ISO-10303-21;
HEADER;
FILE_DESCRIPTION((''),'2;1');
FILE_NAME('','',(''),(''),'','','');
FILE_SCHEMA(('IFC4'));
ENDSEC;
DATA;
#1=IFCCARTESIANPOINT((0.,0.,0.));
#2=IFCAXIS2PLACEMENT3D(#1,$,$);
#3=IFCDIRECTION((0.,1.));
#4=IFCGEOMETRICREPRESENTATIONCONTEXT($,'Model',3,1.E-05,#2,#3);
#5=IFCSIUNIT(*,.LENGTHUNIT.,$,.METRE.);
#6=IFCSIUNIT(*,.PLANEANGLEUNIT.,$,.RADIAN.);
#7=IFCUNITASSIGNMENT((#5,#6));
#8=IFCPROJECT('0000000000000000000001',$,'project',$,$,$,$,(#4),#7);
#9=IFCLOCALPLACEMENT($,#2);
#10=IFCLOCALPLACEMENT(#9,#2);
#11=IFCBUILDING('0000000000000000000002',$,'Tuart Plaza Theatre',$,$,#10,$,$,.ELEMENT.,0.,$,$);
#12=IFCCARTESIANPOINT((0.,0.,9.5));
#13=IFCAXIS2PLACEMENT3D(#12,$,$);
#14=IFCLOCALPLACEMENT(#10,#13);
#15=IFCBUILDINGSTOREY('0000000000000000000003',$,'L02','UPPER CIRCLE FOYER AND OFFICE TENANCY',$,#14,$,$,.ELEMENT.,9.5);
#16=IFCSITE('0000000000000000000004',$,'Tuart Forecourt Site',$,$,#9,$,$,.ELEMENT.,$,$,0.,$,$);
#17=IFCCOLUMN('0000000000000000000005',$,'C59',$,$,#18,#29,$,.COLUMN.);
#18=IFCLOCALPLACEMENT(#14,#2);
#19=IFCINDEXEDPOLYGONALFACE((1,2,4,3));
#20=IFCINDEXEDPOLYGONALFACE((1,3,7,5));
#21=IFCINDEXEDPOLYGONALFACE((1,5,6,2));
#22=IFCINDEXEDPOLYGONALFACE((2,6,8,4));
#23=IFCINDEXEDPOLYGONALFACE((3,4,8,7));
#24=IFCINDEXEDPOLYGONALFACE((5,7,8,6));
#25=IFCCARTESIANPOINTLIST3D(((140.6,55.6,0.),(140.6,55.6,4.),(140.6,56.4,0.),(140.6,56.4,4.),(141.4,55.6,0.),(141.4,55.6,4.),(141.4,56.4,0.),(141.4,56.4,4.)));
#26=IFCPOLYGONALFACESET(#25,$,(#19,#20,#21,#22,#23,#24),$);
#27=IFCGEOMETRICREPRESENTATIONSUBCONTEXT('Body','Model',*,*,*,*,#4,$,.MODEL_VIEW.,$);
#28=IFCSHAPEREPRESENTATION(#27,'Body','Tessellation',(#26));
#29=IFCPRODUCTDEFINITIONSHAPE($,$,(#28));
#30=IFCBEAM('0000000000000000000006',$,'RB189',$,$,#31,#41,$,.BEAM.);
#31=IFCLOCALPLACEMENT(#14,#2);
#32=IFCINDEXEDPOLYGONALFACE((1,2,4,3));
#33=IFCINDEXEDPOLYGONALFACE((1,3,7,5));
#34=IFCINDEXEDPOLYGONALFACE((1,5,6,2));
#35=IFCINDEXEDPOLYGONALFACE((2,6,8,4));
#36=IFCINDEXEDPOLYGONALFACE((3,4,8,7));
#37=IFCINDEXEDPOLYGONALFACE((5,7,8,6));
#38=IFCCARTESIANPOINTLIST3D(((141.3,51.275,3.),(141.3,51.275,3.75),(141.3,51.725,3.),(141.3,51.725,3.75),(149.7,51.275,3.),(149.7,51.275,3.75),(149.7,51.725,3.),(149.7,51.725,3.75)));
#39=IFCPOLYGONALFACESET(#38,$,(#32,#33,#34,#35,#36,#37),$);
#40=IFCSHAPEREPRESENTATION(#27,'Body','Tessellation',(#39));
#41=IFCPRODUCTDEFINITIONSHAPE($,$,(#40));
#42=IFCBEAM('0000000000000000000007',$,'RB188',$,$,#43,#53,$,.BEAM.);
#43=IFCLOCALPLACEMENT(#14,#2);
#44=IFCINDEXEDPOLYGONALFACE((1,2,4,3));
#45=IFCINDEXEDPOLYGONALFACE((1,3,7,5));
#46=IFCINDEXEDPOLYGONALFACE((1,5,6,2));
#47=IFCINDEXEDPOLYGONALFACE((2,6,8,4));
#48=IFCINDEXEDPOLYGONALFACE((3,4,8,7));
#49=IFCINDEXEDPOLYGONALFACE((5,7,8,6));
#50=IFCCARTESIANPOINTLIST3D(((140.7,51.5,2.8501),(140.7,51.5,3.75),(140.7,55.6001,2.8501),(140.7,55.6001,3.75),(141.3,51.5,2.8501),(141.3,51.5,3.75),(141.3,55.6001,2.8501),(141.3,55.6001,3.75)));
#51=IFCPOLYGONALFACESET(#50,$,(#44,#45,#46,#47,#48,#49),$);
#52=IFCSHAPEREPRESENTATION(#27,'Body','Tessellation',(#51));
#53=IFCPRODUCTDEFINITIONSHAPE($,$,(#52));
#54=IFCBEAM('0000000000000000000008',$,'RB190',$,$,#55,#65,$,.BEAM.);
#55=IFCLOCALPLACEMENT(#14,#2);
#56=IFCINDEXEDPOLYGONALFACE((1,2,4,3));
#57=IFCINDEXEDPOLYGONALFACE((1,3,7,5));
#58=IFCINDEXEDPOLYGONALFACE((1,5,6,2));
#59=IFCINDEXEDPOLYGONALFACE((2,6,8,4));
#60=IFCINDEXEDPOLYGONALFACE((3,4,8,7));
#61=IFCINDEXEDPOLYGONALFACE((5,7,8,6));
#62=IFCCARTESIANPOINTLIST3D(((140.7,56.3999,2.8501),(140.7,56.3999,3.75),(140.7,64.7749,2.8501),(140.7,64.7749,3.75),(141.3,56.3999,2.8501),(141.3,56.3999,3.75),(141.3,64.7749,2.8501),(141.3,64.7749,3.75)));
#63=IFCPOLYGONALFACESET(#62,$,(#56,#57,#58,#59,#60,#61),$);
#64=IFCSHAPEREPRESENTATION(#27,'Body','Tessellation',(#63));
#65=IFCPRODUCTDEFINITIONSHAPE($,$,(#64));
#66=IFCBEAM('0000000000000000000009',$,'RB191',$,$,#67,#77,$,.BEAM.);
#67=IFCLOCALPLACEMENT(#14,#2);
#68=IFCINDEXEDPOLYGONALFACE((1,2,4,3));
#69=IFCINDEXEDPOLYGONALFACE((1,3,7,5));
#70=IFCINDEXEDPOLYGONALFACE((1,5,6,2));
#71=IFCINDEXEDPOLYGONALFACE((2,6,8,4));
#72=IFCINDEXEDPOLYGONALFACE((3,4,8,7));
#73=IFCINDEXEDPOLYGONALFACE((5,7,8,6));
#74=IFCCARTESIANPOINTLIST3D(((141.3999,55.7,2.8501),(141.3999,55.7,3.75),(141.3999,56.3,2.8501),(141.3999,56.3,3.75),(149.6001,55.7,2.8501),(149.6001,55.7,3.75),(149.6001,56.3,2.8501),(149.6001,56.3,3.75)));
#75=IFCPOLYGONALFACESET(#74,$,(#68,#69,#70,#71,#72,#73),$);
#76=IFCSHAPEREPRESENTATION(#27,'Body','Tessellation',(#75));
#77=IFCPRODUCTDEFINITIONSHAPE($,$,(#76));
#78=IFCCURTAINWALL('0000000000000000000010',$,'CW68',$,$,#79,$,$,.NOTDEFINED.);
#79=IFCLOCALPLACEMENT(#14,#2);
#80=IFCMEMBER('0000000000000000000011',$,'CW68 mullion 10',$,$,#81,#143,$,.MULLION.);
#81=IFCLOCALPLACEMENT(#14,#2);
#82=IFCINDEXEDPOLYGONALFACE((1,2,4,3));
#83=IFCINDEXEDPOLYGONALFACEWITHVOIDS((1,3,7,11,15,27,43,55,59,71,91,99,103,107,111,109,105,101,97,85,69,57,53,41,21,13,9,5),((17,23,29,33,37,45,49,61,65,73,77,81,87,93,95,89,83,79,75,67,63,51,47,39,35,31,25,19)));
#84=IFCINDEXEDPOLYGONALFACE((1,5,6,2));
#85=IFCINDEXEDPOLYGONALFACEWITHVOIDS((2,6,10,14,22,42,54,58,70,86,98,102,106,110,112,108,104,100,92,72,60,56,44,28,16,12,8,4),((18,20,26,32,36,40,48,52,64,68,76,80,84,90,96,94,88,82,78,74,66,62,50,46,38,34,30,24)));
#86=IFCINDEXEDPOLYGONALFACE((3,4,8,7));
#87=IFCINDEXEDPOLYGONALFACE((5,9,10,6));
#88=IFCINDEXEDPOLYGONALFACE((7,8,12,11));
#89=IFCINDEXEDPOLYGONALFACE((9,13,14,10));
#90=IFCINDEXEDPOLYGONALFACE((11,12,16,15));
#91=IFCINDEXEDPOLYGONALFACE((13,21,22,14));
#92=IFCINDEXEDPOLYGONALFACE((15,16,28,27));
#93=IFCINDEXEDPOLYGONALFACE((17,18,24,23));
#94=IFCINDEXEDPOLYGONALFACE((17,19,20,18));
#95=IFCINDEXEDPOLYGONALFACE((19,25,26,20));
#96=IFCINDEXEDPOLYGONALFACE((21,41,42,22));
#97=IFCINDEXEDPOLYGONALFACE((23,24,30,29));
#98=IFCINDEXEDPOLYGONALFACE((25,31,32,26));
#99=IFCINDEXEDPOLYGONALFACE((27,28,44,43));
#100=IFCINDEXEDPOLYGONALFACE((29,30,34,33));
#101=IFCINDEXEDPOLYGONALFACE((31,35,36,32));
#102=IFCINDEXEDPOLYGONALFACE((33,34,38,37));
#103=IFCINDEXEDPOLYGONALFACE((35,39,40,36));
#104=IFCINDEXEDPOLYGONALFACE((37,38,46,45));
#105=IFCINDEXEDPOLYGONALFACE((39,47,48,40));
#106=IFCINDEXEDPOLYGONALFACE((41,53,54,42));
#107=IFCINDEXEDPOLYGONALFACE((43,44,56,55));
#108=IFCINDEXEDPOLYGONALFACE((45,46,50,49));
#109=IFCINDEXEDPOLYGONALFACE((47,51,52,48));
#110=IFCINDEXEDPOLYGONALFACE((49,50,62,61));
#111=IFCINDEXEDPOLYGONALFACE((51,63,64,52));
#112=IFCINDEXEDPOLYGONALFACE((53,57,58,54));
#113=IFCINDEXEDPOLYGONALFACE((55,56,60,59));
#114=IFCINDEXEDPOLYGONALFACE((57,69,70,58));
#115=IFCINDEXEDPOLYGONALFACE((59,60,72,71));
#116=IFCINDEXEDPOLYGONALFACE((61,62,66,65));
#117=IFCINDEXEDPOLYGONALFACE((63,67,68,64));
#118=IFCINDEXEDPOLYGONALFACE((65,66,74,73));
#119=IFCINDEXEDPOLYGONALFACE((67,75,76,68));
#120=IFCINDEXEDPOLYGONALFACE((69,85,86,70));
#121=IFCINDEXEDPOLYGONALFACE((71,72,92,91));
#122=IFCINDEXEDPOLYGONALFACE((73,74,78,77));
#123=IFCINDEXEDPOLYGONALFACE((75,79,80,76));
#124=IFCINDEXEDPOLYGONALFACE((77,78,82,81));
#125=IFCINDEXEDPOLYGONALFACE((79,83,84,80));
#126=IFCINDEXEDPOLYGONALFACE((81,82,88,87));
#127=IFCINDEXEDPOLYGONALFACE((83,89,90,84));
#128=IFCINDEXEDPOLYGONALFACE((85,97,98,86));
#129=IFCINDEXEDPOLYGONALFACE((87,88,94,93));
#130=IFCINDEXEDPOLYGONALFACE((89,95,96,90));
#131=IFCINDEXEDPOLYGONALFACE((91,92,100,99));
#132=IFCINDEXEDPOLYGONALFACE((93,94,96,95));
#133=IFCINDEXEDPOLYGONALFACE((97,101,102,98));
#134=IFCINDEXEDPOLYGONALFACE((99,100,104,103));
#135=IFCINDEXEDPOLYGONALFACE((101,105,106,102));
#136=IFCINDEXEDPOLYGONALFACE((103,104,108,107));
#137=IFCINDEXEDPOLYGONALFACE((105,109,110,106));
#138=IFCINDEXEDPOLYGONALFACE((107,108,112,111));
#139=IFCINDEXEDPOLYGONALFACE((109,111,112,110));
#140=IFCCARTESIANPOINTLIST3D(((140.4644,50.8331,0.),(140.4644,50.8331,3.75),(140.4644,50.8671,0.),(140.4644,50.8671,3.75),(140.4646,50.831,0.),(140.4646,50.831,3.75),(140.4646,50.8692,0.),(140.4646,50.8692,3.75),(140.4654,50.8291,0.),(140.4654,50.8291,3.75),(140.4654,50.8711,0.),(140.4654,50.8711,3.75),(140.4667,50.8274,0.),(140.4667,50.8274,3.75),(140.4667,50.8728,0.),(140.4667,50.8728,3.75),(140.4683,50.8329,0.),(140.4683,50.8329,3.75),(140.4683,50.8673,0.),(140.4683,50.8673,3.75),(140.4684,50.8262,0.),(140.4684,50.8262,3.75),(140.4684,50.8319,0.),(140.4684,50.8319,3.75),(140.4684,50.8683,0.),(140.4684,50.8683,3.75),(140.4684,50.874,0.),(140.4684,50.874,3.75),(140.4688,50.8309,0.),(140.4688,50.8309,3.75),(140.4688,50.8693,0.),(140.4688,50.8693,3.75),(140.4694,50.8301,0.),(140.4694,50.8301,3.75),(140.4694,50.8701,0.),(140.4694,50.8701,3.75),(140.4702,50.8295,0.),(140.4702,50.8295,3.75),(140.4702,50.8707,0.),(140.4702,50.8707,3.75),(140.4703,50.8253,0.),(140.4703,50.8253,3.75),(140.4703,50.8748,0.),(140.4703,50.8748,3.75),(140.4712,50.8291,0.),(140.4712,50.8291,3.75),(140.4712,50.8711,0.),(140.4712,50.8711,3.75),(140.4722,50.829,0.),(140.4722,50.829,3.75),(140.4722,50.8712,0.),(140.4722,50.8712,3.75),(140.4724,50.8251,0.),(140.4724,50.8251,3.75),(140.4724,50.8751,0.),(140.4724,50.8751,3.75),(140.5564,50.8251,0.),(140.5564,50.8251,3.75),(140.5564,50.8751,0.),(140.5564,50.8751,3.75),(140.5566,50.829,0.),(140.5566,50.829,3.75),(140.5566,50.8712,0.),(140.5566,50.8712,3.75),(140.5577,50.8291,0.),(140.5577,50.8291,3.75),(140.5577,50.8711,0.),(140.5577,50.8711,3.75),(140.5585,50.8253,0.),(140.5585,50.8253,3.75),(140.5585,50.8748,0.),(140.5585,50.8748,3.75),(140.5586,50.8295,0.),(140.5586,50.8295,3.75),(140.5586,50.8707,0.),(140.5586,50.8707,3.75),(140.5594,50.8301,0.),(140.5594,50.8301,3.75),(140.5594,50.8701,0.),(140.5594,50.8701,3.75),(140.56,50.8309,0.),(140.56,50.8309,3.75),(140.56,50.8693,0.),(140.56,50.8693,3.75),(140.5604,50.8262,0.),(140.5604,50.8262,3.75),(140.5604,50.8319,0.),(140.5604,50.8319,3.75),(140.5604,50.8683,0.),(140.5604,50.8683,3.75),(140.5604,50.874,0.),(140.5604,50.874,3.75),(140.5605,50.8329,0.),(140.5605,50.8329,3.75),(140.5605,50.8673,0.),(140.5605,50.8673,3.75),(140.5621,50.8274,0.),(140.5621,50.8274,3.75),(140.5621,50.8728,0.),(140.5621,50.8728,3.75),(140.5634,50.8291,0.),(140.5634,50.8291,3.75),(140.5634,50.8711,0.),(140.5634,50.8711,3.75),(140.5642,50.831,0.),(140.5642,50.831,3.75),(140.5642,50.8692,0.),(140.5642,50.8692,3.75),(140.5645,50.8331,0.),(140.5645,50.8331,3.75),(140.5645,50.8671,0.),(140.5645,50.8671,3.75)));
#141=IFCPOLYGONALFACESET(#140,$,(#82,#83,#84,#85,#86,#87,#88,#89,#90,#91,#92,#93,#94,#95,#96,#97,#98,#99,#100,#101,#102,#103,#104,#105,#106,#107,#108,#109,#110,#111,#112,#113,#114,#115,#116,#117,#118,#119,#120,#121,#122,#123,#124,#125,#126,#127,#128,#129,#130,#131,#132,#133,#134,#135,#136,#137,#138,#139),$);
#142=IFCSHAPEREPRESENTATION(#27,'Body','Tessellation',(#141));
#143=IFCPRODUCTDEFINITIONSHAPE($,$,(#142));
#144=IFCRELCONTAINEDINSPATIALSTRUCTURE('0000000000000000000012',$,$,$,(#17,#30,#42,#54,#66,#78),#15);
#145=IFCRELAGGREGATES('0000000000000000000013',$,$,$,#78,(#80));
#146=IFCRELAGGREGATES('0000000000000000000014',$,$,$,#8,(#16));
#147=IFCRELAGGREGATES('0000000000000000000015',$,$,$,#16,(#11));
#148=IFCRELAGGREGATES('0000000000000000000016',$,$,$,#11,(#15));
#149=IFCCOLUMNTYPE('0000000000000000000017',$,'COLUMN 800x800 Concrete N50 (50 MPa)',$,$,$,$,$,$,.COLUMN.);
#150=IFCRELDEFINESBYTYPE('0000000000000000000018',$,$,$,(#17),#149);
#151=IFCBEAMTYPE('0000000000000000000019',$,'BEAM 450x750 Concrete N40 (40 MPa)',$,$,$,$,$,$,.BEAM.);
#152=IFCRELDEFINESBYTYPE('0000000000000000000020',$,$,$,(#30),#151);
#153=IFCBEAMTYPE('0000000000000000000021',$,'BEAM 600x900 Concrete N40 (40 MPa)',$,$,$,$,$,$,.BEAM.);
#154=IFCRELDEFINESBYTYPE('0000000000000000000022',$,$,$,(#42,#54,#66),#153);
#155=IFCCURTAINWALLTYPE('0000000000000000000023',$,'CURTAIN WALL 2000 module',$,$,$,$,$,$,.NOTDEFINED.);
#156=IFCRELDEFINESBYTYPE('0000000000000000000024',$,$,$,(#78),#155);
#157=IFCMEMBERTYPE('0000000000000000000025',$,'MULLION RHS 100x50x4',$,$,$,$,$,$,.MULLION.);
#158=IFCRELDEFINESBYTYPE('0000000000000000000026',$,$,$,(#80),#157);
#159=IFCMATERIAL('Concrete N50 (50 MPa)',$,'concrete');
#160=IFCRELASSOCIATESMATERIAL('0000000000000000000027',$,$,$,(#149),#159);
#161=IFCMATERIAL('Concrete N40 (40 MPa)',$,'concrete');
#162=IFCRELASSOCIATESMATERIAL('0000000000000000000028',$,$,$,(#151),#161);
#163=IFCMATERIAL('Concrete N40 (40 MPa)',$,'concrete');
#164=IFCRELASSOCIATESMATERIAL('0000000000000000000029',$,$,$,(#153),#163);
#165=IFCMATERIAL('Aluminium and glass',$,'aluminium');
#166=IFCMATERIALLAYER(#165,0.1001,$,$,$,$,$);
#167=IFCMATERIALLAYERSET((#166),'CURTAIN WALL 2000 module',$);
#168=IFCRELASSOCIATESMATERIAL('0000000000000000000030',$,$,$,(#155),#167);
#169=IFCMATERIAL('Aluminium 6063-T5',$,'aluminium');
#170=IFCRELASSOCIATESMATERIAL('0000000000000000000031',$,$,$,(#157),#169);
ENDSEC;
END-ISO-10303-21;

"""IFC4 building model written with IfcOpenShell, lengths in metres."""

from ifc_helpers import new_model, si_unit, direction, frame, origin, origin_2d, place, context, subcontext, project, spatial, rectangle, hollow_rectangle, extrude, material, layer, layer_set, material_profile, profile_set, type_object, element, aggregate, save


model = new_model("IFC4")

# Units and contexts
model_context = context("Model", 3, precision=1e-05, world=origin(), true_north=direction((0.0, 1.0)))
body_context = subcontext(model_context, "Body", "Model", "MODEL_VIEW")
ifc_project = project(units=[si_unit("LENGTHUNIT", "METRE"), si_unit("PLANEANGLEUNIT", "RADIAN")], contexts=[model_context])

# Site, building, storey
site_placement = place(None, origin())
site = spatial("IfcSite", under=ifc_project, at=site_placement, Name="Tuart Forecourt Site", CompositionType="ELEMENT", RefElevation=0.0)
building_placement = place(site_placement, origin())
building = spatial("IfcBuilding", under=site, at=building_placement, Name="Tuart Plaza Theatre", CompositionType="ELEMENT", ElevationOfRefHeight=0.0)
storey_placement = place(building_placement, frame((0.0, 0.0, 9.5)))
storey = spatial("IfcBuildingStorey", under=building, at=storey_placement, Name="L02", Description="UPPER CIRCLE FOYER AND OFFICE TENANCY", CompositionType="ELEMENT", Elevation=9.5)

# Column
ifc_material_1 = material(Name="Concrete N50 (50 MPa)", Category="concrete")
ifc_material_profile_1 = material_profile(ifc_material_1, rectangle(XDim=0.8, YDim=0.8, at=origin_2d()), Name="COLUMN 800x800 Concrete N50 (50 MPa)")
ifc_profile_set_1 = profile_set([ifc_material_profile_1], Name="Concrete N50 (50 MPa)")
column_type = type_object("IfcColumnType", Name="COLUMN 800x800 Concrete N50 (50 MPa)", PredefinedType="COLUMN", material=ifc_profile_set_1)
column_placement = place(storey_placement, frame((141.0, 56.0, 0.0), z_axis=(0.0, 0.0, 1.0), x_axis=(1.0, 0.0, 0.0)))
element("IfcColumn", 1, at=column_placement, inside=storey, type_object=column_type, Name="C59", PredefinedType="COLUMN", context=body_context, shape_type="SweptSolid", body=[
    extrude(rectangle(XDim=0.8, YDim=0.8, at=origin_2d()), origin(), (0.0, 0.0, 1.0), 4.0),
])

# Beams
ifc_material_2 = material(Name="Concrete N40 (40 MPa)", Category="concrete")
ifc_material_profile_2 = material_profile(ifc_material_2, rectangle(XDim=0.45, YDim=0.75, at=origin_2d()), Name="BEAM 450x750 Concrete N40 (40 MPa)")
ifc_profile_set_2 = profile_set([ifc_material_profile_2], Name="Concrete N40 (40 MPa)")
beam_type_1 = type_object("IfcBeamType", Name="BEAM 450x750 Concrete N40 (40 MPa)", PredefinedType="BEAM", material=ifc_profile_set_2)
beam_1_placement = place(storey_placement, frame((141.3, 51.5, 3.375), z_axis=(1.0, 0.0, 0.0), x_axis=(0.0, 1.0, 0.0)))
element("IfcBeam", 2, at=beam_1_placement, inside=storey, type_object=beam_type_1, Name="RB189", PredefinedType="BEAM", context=body_context, shape_type="SweptSolid", body=[
    extrude(rectangle(XDim=0.45, YDim=0.75, at=origin_2d()), origin(), (0.0, 0.0, 1.0), 8.3999),
])
ifc_material_3 = material(Name="Concrete N40 (40 MPa)", Category="concrete")
ifc_material_profile_3 = material_profile(ifc_material_3, rectangle(XDim=0.6001, YDim=0.8999, at=origin_2d()), Name="BEAM 600x900 Concrete N40 (40 MPa)")
ifc_profile_set_3 = profile_set([ifc_material_profile_3], Name="Concrete N40 (40 MPa)")
beam_type_2 = type_object("IfcBeamType", Name="BEAM 600x900 Concrete N40 (40 MPa)", PredefinedType="BEAM", material=ifc_profile_set_3)
beam_2_placement = place(storey_placement, frame((141.0, 51.5, 3.3), z_axis=(0.0, 1.0, 0.0), x_axis=(-1.0, 0.0, 0.0)))
element("IfcBeam", 3, at=beam_2_placement, inside=storey, type_object=beam_type_2, Name="RB188", PredefinedType="BEAM", context=body_context, shape_type="SweptSolid", body=[
    extrude(rectangle(XDim=0.6001, YDim=0.8999, at=origin_2d()), origin(), (0.0, 0.0, 1.0), 4.1001),
])
beam_3_placement = place(storey_placement, frame((141.0, 56.3999, 3.3), z_axis=(0.0, 1.0, 0.0), x_axis=(-1.0, 0.0, 0.0)))
element("IfcBeam", 4, at=beam_3_placement, inside=storey, type_object=beam_type_2, Name="RB190", PredefinedType="BEAM", context=body_context, shape_type="SweptSolid", body=[
    extrude(rectangle(XDim=0.6001, YDim=0.8999, at=origin_2d()), origin(), (0.0, 0.0, 1.0), 8.375),
])
beam_4_placement = place(storey_placement, frame((141.3999, 56.0, 3.3), z_axis=(1.0, 0.0, 0.0), x_axis=(0.0, 1.0, 0.0)))
element("IfcBeam", 5, at=beam_4_placement, inside=storey, type_object=beam_type_2, Name="RB191", PredefinedType="BEAM", context=body_context, shape_type="SweptSolid", body=[
    extrude(rectangle(XDim=0.6001, YDim=0.8999, at=origin_2d()), origin(), (0.0, 0.0, 1.0), 8.2002),
])

# Curtain wall, member
ifc_material_4 = material(Name="Aluminium and glass", Category="aluminium")
ifc_layer_1 = layer(ifc_material_4, 0.1001)
ifc_layer_set_1 = layer_set([ifc_layer_1], Name="CURTAIN WALL 2000 module")
curtain_wall_type = type_object("IfcCurtainWallType", Name="CURTAIN WALL 2000 module", PredefinedType="NOTDEFINED", material=ifc_layer_set_1)
curtain_wall_placement = place(storey_placement, origin())
curtain_wall = element("IfcCurtainWall", 6, at=curtain_wall_placement, inside=storey, type_object=curtain_wall_type, Name="CW68", PredefinedType="NOTDEFINED")
ifc_material_5 = material(Name="Aluminium 6063-T5", Category="aluminium")
ifc_material_profile_4 = material_profile(ifc_material_5, hollow_rectangle(XDim=0.05, YDim=0.1001, WallThickness=0.0039, InnerFilletRadius=0.0039, OuterFilletRadius=0.0081, at=origin_2d()), Name="RHS 100x50x4")
ifc_profile_set_4 = profile_set([ifc_material_profile_4], Name="Aluminium 6063-T5")
member_type_1 = type_object("IfcMemberType", Name="MULLION RHS 100x50x4", PredefinedType="MULLION", material=ifc_profile_set_4)
member_1_placement = place(storey_placement, frame((140.5144, 50.8501, 0.0), z_axis=(0.0, 0.0, 1.0), x_axis=(0.0, 1.0, 0.0)))
member_1 = element("IfcMember", 7, at=member_1_placement, type_object=member_type_1, Name="CW68 mullion 10", PredefinedType="MULLION", context=body_context, shape_type="SweptSolid", body=[
    extrude(hollow_rectangle(XDim=0.05, YDim=0.1001, WallThickness=0.0039, InnerFilletRadius=0.0039, OuterFilletRadius=0.0081, at=origin_2d()), origin(), (0.0, 0.0, 1.0), 3.75),
])
aggregate(curtain_wall, [member_1])

save(model, "model.ifc")
